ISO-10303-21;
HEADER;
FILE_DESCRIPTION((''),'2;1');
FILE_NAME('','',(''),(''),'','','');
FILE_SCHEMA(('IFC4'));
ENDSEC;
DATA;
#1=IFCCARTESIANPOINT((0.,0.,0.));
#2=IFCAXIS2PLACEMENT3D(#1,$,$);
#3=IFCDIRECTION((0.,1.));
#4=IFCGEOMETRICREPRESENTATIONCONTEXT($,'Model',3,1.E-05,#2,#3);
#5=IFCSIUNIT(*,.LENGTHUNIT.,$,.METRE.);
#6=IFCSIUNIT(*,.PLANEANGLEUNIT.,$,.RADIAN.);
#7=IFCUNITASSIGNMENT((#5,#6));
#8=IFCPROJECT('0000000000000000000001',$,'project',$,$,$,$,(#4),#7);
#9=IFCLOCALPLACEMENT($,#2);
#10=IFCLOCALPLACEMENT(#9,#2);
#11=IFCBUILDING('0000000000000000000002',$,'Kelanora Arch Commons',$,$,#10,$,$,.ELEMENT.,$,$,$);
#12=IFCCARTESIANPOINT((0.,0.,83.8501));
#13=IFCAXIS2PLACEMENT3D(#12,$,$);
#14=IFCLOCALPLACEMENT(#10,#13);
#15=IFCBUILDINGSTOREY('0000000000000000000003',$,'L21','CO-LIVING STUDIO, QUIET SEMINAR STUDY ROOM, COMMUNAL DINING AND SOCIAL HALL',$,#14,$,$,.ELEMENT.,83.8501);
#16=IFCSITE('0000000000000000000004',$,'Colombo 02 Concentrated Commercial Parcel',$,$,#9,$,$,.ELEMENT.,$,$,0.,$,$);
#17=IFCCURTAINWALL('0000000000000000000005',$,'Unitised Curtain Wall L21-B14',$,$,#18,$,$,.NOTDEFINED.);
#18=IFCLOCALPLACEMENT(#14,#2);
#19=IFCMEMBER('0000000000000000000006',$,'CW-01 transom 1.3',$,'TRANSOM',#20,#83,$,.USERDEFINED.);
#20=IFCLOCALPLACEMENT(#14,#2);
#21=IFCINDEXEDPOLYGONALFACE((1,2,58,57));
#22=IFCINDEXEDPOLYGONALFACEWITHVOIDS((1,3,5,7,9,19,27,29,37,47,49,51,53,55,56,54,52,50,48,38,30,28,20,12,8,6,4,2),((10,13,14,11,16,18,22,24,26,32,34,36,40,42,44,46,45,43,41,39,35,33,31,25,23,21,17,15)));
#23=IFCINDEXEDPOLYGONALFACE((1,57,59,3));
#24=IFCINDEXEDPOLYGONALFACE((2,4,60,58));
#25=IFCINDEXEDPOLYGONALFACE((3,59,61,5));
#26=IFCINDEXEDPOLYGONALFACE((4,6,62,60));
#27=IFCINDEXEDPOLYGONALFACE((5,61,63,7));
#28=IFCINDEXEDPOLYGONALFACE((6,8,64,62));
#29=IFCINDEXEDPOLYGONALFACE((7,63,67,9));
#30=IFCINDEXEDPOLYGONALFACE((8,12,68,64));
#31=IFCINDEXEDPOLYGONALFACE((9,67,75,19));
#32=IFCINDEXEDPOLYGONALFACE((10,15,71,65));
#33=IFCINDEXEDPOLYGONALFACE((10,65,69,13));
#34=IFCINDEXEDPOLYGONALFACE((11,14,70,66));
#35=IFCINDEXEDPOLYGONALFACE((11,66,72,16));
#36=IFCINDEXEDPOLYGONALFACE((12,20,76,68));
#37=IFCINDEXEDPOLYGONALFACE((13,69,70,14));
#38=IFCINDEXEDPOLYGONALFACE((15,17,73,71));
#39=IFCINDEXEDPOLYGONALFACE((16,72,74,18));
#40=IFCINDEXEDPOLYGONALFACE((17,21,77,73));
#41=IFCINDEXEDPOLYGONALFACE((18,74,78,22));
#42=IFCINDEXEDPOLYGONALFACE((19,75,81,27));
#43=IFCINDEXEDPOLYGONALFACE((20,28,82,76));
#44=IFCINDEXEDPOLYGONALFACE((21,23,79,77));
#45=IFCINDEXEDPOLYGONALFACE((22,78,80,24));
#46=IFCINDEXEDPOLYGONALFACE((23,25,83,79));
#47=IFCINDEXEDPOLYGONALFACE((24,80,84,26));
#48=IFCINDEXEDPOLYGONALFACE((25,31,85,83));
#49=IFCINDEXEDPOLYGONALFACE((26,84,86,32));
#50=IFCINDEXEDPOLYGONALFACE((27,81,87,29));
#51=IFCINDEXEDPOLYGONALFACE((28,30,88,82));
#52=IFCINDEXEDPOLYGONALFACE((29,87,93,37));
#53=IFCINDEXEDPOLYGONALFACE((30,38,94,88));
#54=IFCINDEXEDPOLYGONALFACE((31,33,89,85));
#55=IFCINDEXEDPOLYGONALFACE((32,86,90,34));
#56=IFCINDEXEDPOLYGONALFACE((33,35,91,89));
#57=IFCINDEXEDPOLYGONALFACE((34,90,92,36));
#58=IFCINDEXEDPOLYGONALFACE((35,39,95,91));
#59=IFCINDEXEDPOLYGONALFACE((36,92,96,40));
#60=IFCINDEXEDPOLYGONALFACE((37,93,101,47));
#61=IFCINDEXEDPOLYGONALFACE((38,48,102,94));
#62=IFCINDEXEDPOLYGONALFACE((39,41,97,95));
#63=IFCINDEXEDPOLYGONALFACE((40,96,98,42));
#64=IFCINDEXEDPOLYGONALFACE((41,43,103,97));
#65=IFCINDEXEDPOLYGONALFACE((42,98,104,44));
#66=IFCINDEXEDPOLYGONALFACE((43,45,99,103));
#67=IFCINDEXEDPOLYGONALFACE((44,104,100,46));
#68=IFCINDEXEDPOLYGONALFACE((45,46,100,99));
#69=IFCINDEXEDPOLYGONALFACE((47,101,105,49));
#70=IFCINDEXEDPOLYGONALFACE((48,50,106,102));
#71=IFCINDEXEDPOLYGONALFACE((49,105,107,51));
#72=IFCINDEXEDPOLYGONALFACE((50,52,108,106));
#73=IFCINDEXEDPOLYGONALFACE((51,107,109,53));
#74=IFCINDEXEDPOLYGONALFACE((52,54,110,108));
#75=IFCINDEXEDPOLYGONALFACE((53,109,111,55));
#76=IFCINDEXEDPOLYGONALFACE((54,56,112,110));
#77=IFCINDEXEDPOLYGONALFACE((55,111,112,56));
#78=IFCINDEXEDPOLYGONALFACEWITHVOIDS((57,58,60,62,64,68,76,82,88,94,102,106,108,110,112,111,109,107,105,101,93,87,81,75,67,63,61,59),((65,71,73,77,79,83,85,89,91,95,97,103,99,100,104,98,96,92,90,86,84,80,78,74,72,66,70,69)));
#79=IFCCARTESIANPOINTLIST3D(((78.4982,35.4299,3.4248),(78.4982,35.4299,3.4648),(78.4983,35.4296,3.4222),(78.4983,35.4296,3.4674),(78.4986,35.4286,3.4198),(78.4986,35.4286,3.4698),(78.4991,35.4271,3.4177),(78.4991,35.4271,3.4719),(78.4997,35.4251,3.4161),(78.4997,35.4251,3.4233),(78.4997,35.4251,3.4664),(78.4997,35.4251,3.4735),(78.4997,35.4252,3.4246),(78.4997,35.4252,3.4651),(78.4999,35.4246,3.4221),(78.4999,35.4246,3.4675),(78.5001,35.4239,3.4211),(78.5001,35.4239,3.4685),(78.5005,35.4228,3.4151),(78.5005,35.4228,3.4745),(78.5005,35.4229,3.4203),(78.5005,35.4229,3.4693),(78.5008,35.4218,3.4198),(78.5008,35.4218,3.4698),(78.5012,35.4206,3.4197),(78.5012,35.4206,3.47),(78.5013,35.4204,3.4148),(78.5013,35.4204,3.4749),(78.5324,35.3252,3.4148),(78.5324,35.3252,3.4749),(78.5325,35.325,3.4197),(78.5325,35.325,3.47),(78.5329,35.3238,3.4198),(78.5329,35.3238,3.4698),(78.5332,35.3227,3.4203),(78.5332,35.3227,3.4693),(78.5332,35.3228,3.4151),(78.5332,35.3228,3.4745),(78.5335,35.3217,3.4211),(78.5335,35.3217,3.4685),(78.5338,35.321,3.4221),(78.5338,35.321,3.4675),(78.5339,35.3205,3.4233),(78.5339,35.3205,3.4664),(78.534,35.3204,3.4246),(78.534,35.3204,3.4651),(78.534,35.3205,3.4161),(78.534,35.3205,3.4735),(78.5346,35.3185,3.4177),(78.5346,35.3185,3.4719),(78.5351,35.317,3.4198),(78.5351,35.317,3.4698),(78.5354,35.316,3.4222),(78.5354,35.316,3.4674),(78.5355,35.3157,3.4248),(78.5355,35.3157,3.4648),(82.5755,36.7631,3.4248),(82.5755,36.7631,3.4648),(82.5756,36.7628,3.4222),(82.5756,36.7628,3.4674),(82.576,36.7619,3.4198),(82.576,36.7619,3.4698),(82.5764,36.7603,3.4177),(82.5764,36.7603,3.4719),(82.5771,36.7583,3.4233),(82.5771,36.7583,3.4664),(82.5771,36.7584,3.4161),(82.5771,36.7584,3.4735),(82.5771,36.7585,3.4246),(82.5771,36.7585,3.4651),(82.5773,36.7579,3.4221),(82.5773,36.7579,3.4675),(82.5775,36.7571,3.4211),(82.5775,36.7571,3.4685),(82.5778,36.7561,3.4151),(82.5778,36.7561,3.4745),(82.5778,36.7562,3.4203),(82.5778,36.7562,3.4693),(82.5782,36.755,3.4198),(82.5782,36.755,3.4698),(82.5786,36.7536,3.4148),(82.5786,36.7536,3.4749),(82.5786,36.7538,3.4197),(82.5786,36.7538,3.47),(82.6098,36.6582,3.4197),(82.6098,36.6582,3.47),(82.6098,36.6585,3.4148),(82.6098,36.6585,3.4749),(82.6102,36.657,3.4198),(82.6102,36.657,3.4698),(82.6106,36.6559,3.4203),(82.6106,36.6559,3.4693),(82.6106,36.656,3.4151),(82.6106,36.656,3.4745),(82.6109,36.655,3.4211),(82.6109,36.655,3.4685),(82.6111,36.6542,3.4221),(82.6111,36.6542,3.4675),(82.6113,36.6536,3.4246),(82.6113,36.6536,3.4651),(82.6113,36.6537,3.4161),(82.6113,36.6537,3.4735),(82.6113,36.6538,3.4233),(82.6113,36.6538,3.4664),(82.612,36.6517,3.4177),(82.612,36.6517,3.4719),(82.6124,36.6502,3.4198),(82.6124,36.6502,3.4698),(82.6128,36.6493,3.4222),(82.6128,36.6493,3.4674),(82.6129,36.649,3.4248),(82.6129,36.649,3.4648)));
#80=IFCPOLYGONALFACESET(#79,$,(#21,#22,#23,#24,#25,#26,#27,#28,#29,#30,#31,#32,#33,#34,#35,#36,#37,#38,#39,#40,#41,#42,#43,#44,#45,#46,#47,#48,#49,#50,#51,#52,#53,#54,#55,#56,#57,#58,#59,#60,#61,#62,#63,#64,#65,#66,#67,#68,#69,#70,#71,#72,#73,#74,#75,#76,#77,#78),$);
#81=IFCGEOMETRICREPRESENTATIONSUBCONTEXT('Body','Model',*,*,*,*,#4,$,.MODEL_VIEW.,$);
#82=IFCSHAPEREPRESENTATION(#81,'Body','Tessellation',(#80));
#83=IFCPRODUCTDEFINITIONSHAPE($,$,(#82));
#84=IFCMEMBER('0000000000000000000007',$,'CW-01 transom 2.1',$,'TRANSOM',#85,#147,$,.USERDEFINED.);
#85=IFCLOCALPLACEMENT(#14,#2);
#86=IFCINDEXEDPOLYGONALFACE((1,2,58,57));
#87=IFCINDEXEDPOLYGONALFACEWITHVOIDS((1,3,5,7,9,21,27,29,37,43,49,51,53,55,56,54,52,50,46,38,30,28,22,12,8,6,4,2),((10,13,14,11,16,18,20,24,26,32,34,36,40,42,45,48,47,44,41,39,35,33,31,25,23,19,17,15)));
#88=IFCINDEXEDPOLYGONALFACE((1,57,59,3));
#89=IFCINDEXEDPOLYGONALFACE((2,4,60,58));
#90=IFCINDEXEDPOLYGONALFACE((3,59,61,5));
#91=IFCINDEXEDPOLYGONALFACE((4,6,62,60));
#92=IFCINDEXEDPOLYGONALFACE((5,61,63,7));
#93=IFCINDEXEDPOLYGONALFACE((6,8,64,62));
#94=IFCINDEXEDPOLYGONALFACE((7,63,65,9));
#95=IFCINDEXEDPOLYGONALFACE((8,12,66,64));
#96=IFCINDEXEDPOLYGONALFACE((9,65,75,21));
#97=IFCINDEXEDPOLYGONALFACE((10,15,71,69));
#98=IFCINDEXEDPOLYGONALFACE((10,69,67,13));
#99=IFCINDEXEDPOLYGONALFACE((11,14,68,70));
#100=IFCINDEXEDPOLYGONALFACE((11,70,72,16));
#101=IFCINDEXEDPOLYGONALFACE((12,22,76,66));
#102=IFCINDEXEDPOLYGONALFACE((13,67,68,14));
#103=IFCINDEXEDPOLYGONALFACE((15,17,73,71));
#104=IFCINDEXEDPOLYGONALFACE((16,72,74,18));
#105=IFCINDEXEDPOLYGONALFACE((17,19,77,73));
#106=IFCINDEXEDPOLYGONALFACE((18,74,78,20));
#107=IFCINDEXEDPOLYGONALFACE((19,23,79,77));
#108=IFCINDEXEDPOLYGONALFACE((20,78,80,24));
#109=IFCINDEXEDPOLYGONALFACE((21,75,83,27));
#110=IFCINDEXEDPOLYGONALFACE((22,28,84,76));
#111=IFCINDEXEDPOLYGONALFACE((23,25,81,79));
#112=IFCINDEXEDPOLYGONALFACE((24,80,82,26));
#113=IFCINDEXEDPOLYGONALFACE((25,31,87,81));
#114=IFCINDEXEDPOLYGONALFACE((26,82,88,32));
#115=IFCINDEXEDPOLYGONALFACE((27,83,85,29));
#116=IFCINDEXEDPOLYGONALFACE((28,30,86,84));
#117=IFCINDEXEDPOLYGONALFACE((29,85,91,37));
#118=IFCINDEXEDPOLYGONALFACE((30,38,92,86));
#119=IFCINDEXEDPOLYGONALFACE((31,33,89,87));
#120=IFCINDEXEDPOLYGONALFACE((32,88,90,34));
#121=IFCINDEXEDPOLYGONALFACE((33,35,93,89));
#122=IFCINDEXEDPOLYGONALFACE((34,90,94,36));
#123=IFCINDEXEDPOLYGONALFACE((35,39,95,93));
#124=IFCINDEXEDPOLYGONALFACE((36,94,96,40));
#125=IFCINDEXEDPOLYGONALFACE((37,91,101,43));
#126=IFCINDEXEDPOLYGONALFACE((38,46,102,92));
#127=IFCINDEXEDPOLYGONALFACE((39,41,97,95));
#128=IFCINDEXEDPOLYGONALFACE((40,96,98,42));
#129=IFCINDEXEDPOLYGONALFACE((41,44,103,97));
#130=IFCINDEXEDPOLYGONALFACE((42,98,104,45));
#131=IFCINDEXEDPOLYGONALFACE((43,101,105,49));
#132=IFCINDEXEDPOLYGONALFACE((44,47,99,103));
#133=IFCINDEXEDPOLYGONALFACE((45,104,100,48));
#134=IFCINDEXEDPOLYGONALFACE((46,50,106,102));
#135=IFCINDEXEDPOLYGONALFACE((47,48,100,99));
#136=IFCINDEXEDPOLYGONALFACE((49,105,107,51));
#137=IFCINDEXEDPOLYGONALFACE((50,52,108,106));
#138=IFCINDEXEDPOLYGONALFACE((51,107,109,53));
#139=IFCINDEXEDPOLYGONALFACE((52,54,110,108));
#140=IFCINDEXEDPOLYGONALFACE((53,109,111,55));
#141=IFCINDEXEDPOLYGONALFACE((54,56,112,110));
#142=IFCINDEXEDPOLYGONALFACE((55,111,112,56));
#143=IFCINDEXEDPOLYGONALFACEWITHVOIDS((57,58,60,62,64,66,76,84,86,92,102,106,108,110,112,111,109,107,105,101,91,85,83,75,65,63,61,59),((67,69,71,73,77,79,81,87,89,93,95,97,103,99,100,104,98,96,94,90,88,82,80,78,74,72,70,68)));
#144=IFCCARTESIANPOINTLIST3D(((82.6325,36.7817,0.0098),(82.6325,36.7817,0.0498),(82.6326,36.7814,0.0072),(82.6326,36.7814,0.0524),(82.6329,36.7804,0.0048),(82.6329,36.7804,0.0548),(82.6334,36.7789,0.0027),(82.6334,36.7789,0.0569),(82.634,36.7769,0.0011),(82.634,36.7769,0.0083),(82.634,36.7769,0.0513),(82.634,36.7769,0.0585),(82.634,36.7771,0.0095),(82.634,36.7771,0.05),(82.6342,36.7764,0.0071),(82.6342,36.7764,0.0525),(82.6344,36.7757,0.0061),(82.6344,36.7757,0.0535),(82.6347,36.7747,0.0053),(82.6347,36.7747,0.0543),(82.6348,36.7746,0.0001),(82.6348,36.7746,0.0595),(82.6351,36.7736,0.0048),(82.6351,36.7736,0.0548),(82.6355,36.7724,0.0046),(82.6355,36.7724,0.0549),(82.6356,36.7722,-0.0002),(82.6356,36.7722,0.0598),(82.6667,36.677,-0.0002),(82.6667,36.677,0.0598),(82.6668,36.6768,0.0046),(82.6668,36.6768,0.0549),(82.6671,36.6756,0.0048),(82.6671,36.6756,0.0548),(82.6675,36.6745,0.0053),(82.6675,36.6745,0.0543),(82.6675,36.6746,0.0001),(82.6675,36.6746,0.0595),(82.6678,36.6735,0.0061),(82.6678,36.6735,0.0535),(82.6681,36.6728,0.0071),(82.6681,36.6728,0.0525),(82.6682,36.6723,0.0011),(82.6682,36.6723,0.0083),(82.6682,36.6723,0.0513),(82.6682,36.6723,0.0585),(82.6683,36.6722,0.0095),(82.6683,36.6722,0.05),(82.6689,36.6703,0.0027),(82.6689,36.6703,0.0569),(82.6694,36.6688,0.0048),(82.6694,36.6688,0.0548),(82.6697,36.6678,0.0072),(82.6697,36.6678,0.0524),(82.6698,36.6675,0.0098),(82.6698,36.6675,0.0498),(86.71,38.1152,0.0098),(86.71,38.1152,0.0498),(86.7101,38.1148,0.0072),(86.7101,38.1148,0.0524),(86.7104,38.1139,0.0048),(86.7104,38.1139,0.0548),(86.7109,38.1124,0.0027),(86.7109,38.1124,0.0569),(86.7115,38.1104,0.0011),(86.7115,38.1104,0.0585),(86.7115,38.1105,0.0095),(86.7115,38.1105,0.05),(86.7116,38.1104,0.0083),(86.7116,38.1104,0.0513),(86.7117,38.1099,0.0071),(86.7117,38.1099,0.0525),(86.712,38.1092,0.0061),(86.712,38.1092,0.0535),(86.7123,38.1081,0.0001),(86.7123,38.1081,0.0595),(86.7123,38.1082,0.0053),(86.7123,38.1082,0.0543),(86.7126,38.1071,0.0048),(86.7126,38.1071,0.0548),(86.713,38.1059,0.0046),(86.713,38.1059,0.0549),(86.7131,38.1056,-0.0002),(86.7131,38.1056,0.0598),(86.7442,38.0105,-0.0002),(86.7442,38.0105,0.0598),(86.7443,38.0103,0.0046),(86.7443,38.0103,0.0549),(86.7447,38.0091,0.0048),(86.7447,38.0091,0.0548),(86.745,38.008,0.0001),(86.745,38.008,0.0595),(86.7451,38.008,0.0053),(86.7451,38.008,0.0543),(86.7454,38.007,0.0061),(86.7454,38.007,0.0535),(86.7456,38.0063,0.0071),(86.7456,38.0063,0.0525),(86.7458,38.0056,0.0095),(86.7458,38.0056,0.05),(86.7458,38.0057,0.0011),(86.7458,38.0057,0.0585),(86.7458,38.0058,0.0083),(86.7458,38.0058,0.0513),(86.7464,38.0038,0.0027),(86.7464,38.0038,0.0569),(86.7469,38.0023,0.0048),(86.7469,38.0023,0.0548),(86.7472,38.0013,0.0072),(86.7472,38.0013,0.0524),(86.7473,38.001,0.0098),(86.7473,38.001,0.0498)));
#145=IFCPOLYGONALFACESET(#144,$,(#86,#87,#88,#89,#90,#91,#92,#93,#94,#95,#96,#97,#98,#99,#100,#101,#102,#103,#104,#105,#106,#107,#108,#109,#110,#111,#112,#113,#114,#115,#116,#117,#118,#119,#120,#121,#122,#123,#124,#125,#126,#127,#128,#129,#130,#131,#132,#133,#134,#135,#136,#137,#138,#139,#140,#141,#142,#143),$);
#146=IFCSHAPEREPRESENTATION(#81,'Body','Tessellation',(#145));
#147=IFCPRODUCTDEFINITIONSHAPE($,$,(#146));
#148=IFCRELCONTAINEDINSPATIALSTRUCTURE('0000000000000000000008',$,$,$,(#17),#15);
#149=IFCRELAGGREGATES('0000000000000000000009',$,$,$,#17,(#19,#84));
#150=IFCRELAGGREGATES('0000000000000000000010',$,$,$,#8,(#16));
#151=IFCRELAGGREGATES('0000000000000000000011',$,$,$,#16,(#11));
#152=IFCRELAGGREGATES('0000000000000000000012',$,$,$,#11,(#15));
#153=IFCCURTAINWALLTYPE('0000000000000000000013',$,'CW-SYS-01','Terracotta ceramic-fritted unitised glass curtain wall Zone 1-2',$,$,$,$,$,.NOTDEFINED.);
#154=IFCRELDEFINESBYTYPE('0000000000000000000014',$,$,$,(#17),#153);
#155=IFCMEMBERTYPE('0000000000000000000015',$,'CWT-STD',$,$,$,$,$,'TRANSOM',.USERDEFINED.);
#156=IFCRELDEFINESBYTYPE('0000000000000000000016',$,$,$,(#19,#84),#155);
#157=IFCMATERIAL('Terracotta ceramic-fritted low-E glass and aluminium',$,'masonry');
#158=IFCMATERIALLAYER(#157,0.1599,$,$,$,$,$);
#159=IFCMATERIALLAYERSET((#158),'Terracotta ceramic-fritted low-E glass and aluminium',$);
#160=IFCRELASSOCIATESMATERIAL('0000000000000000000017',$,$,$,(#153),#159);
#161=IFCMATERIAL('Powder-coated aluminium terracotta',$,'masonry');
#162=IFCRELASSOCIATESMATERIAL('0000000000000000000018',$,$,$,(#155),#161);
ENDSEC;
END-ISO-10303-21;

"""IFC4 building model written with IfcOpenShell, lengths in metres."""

from ifc_helpers import new_model, si_unit, direction, frame, origin, origin_2d, place, context, subcontext, project, spatial, hollow_rectangle, extrude, material, layer, layer_set, material_profile, profile_set, type_object, element, aggregate, save


model = new_model("IFC4")

# Units and contexts
model_context = context("Model", 3, precision=1e-05, world=origin(), true_north=direction((0.0, 1.0)))
body_context = subcontext(model_context, "Body", "Model", "MODEL_VIEW")
ifc_project = project(units=[si_unit("LENGTHUNIT", "METRE"), si_unit("PLANEANGLEUNIT", "RADIAN")], contexts=[model_context])

# Site, building, storey
site_placement = place(None, origin())
site = spatial("IfcSite", under=ifc_project, at=site_placement, Name="Colombo 02 Concentrated Commercial Parcel", CompositionType="ELEMENT", RefElevation=0.0)
building_placement = place(site_placement, origin())
building = spatial("IfcBuilding", under=site, at=building_placement, Name="Kelanora Arch Commons", CompositionType="ELEMENT")
storey_placement = place(building_placement, frame((0.0, 0.0, 83.8501)))
storey = spatial("IfcBuildingStorey", under=building, at=storey_placement, Name="L21", Description="CO-LIVING STUDIO, QUIET SEMINAR STUDY ROOM, COMMUNAL DINING AND SOCIAL HALL", CompositionType="ELEMENT", Elevation=83.8501)

# Curtain wall, members
ifc_material_1 = material(Name="Terracotta ceramic-fritted low-E glass and aluminium", Category="masonry")
ifc_layer_1 = layer(ifc_material_1, 0.1599)
ifc_layer_set_1 = layer_set([ifc_layer_1], Name="Terracotta ceramic-fritted low-E glass and aluminium")
curtain_wall_type = type_object("IfcCurtainWallType", Name="CW-SYS-01", Description="Terracotta ceramic-fritted unitised glass curtain wall Zone 1-2", PredefinedType="NOTDEFINED", material=ifc_layer_set_1)
curtain_wall_placement = place(storey_placement, origin())
curtain_wall = element("IfcCurtainWall", 1, at=curtain_wall_placement, inside=storey, type_object=curtain_wall_type, Name="Unitised Curtain Wall L21-B14", PredefinedType="NOTDEFINED")
ifc_material_2 = material(Name="Powder-coated aluminium terracotta", Category="masonry")
ifc_material_profile_1 = material_profile(ifc_material_2, hollow_rectangle(XDim=0.1201, YDim=0.0601, WallThickness=0.0049, InnerFilletRadius=0.0049, OuterFilletRadius=0.01, at=origin_2d()), Name="CWT120x60")
ifc_profile_set_1 = profile_set([ifc_material_profile_1], Name="Powder-coated aluminium terracotta")
member_type_1 = type_object("IfcMemberType", Name="CWT-STD", ElementType="TRANSOM", PredefinedType="USERDEFINED", material=ifc_profile_set_1)
member_1_placement = place(storey_placement, frame((78.5168, 35.3728, 3.4448), z_axis=(0.950478, 0.310793, 0.0), x_axis=(-0.310793, 0.950478, 0.0)))
member_1 = element("IfcMember", 2, at=member_1_placement, type_object=member_type_1, Name="CW-01 transom 1.3", ObjectType="TRANSOM", PredefinedType="USERDEFINED", context=body_context, shape_type="SweptSolid", body=[
    extrude(hollow_rectangle(XDim=0.1201, YDim=0.0601, WallThickness=0.0049, InnerFilletRadius=0.0049, OuterFilletRadius=0.01, at=origin_2d()), origin(), (0.0, 0.0, 1.0), 4.2898),
])
member_2_placement = place(storey_placement, frame((82.6511, 36.7246, 0.0298), z_axis=(0.950466, 0.310828, 0.0), x_axis=(-0.310828, 0.950466, 0.0)))
member_2 = element("IfcMember", 3, at=member_2_placement, type_object=member_type_1, Name="CW-01 transom 2.1", ObjectType="TRANSOM", PredefinedType="USERDEFINED", context=body_context, shape_type="SweptSolid", body=[
    extrude(hollow_rectangle(XDim=0.1201, YDim=0.0601, WallThickness=0.0049, InnerFilletRadius=0.0049, OuterFilletRadius=0.01, at=origin_2d()), origin(), (0.0, 0.0, 1.0), 4.29),
])
aggregate(curtain_wall, [member_1, member_2])

save(model, "model.ifc")
